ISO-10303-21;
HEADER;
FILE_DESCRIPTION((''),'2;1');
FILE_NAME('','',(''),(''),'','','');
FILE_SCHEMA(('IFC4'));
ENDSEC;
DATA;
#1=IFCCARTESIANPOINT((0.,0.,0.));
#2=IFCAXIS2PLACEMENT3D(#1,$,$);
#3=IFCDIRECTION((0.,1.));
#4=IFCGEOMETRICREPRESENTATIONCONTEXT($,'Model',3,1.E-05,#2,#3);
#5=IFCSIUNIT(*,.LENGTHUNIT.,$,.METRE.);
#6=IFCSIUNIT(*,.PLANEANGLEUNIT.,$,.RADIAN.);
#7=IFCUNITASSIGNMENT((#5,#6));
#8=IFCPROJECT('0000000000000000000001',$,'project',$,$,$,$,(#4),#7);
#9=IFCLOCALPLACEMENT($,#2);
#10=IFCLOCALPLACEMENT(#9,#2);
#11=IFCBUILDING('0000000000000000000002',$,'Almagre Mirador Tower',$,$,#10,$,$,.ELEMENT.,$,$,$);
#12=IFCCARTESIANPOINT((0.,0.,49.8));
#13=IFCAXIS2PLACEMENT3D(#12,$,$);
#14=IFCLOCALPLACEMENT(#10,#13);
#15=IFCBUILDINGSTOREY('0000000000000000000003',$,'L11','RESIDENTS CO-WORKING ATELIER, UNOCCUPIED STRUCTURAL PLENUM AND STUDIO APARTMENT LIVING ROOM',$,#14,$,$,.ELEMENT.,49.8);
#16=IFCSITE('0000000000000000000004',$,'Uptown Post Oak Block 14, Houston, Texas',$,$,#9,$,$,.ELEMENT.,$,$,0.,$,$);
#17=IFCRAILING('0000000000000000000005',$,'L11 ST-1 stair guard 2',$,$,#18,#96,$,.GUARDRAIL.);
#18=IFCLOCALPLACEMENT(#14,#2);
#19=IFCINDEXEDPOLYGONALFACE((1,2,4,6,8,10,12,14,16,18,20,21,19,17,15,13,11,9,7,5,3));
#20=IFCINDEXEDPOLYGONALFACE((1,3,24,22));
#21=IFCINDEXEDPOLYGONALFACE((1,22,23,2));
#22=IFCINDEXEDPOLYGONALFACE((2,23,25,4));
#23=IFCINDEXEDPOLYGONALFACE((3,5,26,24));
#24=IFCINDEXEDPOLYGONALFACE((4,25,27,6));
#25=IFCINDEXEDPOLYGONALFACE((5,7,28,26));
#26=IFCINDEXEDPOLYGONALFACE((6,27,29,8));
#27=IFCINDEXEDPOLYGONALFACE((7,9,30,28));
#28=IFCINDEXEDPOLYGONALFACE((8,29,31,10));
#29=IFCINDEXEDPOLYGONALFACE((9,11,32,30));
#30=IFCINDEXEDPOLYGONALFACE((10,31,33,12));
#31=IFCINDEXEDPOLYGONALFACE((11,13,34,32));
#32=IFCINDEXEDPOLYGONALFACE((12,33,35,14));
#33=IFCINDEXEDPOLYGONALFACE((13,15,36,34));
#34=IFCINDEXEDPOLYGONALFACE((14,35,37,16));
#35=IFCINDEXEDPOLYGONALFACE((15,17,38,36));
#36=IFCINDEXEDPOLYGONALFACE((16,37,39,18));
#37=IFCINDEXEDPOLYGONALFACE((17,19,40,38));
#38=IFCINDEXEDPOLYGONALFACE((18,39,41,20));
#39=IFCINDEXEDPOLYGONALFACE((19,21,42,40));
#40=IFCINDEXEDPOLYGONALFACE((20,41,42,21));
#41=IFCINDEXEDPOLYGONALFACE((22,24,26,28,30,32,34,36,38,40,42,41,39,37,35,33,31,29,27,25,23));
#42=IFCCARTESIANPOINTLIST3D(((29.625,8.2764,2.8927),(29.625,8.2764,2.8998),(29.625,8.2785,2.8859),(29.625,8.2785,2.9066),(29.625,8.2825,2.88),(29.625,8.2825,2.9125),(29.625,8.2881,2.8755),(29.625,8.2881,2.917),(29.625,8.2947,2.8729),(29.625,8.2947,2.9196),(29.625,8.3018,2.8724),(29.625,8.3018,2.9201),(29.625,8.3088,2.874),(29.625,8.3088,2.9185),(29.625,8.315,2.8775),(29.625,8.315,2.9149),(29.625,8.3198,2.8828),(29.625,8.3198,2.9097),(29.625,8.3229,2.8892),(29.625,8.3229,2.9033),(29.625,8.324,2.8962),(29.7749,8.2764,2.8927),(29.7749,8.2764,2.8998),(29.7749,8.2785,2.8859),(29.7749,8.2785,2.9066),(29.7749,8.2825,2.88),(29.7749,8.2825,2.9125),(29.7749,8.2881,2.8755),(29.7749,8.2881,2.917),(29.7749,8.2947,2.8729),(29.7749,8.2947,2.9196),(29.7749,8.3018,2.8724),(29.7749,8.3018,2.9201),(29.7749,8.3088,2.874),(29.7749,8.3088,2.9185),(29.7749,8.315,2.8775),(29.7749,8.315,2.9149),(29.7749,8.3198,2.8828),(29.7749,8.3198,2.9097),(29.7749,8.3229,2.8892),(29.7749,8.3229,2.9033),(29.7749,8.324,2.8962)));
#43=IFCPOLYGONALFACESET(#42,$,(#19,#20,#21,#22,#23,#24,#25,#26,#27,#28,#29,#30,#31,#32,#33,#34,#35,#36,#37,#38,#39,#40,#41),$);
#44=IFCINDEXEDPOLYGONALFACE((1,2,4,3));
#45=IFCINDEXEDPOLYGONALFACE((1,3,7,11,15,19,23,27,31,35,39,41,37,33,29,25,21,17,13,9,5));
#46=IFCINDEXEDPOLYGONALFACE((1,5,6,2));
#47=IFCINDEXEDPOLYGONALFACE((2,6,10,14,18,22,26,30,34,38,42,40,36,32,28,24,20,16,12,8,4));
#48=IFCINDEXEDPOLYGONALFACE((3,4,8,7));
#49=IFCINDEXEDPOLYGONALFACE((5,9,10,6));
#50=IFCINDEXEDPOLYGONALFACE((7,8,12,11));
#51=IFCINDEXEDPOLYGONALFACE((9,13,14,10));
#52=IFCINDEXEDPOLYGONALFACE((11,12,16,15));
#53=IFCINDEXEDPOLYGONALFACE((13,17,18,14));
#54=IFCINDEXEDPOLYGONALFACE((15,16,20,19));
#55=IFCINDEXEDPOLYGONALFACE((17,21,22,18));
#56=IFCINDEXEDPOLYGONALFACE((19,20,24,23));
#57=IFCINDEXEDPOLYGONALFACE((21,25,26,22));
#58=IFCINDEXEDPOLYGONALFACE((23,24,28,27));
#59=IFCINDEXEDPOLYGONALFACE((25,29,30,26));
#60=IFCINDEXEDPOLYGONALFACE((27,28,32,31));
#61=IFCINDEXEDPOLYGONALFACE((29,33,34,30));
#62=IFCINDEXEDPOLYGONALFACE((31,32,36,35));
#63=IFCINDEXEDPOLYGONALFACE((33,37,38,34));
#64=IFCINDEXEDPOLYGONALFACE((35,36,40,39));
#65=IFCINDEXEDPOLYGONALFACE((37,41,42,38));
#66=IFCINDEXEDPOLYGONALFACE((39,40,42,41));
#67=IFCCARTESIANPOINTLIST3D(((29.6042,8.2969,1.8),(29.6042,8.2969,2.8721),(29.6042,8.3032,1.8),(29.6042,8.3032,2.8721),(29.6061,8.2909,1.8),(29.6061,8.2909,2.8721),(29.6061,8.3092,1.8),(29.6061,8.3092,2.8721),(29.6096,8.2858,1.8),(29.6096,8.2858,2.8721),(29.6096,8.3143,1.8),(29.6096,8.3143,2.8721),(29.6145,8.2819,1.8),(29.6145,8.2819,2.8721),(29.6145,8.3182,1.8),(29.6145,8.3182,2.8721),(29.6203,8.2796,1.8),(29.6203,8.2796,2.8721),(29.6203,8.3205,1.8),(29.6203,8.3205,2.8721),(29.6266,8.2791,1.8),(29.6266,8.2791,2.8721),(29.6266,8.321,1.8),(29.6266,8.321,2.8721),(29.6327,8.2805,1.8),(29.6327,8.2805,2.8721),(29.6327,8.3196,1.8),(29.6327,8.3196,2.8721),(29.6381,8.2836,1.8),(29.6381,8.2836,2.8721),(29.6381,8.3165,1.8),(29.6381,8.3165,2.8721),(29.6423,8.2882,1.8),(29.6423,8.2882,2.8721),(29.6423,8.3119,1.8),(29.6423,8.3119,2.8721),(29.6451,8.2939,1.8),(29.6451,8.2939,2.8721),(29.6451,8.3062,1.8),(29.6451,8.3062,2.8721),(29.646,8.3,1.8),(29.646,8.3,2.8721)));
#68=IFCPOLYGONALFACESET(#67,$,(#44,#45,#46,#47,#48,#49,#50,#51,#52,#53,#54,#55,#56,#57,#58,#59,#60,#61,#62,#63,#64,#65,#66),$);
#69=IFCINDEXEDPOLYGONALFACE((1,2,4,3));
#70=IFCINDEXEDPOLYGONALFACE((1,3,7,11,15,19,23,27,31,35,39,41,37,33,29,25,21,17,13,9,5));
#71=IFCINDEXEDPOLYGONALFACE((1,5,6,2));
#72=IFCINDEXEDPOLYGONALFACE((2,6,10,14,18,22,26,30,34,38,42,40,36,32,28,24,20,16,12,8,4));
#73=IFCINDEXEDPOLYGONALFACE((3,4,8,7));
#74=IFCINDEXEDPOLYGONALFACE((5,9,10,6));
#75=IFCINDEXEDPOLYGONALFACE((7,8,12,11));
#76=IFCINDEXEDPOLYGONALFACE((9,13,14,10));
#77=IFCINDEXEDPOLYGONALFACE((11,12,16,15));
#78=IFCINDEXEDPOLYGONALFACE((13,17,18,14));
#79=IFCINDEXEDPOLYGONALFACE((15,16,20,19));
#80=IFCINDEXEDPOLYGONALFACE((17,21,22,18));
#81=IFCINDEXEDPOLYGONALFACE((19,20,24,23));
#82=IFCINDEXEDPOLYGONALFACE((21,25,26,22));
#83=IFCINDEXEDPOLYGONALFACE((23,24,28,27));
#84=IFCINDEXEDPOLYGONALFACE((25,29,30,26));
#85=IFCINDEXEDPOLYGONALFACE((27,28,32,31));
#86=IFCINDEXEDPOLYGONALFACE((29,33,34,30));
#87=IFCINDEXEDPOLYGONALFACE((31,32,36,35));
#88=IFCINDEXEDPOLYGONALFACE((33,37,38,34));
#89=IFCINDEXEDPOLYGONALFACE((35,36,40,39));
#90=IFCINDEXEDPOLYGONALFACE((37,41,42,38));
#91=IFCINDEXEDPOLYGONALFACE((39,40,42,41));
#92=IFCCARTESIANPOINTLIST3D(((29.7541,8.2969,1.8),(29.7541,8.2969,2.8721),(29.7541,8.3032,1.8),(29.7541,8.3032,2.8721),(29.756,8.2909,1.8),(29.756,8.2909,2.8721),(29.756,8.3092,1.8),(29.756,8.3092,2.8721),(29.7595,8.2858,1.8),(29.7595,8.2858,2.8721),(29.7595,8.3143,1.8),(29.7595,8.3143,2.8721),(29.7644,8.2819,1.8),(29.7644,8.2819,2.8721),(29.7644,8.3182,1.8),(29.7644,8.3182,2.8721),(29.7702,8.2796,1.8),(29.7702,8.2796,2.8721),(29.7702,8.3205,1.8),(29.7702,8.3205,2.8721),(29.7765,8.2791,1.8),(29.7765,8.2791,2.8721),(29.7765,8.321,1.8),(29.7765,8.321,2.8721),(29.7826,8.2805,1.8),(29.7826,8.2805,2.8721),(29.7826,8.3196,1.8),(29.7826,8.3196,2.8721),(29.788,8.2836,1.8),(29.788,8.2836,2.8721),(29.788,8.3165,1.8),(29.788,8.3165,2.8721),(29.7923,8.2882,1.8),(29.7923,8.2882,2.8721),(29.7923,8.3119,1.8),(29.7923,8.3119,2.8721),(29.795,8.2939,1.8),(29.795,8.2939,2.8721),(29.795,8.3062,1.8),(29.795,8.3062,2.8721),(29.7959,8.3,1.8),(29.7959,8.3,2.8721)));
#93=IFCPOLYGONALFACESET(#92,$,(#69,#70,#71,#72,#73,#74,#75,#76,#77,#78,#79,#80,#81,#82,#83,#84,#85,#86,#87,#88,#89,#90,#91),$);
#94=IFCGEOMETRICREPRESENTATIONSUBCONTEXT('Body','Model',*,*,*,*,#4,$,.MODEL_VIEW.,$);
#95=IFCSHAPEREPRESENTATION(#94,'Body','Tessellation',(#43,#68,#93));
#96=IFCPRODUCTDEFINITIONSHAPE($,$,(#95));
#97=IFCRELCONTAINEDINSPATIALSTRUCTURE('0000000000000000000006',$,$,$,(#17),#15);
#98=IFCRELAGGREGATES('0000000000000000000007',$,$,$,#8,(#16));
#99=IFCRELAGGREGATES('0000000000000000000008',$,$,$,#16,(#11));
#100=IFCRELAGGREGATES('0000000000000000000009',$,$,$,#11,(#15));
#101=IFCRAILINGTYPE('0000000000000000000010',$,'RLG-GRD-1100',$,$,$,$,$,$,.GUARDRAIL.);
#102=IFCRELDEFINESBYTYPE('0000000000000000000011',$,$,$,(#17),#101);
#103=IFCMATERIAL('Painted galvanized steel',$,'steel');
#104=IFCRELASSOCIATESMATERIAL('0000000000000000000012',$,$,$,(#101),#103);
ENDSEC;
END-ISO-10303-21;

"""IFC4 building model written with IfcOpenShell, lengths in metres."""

from ifc_helpers import new_model, si_unit, direction, frame, origin, origin_2d, place, context, subcontext, project, spatial, circle, extrude, material, type_object, element, save


model = new_model("IFC4")

# Units and contexts
model_context = context("Model", 3, precision=1e-05, world=origin(), true_north=direction((0.0, 1.0)))
body_context = subcontext(model_context, "Body", "Model", "MODEL_VIEW")
ifc_project = project(units=[si_unit("LENGTHUNIT", "METRE"), si_unit("PLANEANGLEUNIT", "RADIAN")], contexts=[model_context])

# Site, building, storey
site_placement = place(None, origin())
site = spatial("IfcSite", under=ifc_project, at=site_placement, Name="Uptown Post Oak Block 14, Houston, Texas", CompositionType="ELEMENT", RefElevation=0.0)
building_placement = place(site_placement, origin())
building = spatial("IfcBuilding", under=site, at=building_placement, Name="Almagre Mirador Tower", CompositionType="ELEMENT")
storey_placement = place(building_placement, frame((0.0, 0.0, 49.8)))
storey = spatial("IfcBuildingStorey", under=building, at=storey_placement, Name="L11", Description="RESIDENTS CO-WORKING ATELIER, UNOCCUPIED STRUCTURAL PLENUM AND STUDIO APARTMENT LIVING ROOM", CompositionType="ELEMENT", Elevation=49.8)

# Railing
ifc_material_1 = material(Name="Painted galvanized steel", Category="steel")
railing_type_1 = type_object("IfcRailingType", Name="RLG-GRD-1100", PredefinedType="GUARDRAIL", material=ifc_material_1)
railing_1_placement = place(storey_placement, frame((29.625, 8.3, 1.8)))
element("IfcRailing", 1, at=railing_1_placement, inside=storey, type_object=railing_type_1, Name="L11 ST-1 stair guard 2", PredefinedType="GUARDRAIL", context=body_context, shape_type="SweptSolid", body=[
    extrude(circle(Radius=0.0239, at=origin_2d()), frame((0.0, 0.0, 1.0962), z_axis=(1.0, 0.0, 0.0), x_axis=(0.0, 1.0, 0.0)), (0.0, 0.0, 1.0), 0.1499),
    extrude(circle(Radius=0.021, at=origin_2d()), origin(), (0.0, 0.0, 1.0), 1.072),
    extrude(circle(Radius=0.021, at=origin_2d()), frame((0.1499, 0.0, 0.0)), (0.0, 0.0, 1.0), 1.072),
])

save(model, "model.ifc")
